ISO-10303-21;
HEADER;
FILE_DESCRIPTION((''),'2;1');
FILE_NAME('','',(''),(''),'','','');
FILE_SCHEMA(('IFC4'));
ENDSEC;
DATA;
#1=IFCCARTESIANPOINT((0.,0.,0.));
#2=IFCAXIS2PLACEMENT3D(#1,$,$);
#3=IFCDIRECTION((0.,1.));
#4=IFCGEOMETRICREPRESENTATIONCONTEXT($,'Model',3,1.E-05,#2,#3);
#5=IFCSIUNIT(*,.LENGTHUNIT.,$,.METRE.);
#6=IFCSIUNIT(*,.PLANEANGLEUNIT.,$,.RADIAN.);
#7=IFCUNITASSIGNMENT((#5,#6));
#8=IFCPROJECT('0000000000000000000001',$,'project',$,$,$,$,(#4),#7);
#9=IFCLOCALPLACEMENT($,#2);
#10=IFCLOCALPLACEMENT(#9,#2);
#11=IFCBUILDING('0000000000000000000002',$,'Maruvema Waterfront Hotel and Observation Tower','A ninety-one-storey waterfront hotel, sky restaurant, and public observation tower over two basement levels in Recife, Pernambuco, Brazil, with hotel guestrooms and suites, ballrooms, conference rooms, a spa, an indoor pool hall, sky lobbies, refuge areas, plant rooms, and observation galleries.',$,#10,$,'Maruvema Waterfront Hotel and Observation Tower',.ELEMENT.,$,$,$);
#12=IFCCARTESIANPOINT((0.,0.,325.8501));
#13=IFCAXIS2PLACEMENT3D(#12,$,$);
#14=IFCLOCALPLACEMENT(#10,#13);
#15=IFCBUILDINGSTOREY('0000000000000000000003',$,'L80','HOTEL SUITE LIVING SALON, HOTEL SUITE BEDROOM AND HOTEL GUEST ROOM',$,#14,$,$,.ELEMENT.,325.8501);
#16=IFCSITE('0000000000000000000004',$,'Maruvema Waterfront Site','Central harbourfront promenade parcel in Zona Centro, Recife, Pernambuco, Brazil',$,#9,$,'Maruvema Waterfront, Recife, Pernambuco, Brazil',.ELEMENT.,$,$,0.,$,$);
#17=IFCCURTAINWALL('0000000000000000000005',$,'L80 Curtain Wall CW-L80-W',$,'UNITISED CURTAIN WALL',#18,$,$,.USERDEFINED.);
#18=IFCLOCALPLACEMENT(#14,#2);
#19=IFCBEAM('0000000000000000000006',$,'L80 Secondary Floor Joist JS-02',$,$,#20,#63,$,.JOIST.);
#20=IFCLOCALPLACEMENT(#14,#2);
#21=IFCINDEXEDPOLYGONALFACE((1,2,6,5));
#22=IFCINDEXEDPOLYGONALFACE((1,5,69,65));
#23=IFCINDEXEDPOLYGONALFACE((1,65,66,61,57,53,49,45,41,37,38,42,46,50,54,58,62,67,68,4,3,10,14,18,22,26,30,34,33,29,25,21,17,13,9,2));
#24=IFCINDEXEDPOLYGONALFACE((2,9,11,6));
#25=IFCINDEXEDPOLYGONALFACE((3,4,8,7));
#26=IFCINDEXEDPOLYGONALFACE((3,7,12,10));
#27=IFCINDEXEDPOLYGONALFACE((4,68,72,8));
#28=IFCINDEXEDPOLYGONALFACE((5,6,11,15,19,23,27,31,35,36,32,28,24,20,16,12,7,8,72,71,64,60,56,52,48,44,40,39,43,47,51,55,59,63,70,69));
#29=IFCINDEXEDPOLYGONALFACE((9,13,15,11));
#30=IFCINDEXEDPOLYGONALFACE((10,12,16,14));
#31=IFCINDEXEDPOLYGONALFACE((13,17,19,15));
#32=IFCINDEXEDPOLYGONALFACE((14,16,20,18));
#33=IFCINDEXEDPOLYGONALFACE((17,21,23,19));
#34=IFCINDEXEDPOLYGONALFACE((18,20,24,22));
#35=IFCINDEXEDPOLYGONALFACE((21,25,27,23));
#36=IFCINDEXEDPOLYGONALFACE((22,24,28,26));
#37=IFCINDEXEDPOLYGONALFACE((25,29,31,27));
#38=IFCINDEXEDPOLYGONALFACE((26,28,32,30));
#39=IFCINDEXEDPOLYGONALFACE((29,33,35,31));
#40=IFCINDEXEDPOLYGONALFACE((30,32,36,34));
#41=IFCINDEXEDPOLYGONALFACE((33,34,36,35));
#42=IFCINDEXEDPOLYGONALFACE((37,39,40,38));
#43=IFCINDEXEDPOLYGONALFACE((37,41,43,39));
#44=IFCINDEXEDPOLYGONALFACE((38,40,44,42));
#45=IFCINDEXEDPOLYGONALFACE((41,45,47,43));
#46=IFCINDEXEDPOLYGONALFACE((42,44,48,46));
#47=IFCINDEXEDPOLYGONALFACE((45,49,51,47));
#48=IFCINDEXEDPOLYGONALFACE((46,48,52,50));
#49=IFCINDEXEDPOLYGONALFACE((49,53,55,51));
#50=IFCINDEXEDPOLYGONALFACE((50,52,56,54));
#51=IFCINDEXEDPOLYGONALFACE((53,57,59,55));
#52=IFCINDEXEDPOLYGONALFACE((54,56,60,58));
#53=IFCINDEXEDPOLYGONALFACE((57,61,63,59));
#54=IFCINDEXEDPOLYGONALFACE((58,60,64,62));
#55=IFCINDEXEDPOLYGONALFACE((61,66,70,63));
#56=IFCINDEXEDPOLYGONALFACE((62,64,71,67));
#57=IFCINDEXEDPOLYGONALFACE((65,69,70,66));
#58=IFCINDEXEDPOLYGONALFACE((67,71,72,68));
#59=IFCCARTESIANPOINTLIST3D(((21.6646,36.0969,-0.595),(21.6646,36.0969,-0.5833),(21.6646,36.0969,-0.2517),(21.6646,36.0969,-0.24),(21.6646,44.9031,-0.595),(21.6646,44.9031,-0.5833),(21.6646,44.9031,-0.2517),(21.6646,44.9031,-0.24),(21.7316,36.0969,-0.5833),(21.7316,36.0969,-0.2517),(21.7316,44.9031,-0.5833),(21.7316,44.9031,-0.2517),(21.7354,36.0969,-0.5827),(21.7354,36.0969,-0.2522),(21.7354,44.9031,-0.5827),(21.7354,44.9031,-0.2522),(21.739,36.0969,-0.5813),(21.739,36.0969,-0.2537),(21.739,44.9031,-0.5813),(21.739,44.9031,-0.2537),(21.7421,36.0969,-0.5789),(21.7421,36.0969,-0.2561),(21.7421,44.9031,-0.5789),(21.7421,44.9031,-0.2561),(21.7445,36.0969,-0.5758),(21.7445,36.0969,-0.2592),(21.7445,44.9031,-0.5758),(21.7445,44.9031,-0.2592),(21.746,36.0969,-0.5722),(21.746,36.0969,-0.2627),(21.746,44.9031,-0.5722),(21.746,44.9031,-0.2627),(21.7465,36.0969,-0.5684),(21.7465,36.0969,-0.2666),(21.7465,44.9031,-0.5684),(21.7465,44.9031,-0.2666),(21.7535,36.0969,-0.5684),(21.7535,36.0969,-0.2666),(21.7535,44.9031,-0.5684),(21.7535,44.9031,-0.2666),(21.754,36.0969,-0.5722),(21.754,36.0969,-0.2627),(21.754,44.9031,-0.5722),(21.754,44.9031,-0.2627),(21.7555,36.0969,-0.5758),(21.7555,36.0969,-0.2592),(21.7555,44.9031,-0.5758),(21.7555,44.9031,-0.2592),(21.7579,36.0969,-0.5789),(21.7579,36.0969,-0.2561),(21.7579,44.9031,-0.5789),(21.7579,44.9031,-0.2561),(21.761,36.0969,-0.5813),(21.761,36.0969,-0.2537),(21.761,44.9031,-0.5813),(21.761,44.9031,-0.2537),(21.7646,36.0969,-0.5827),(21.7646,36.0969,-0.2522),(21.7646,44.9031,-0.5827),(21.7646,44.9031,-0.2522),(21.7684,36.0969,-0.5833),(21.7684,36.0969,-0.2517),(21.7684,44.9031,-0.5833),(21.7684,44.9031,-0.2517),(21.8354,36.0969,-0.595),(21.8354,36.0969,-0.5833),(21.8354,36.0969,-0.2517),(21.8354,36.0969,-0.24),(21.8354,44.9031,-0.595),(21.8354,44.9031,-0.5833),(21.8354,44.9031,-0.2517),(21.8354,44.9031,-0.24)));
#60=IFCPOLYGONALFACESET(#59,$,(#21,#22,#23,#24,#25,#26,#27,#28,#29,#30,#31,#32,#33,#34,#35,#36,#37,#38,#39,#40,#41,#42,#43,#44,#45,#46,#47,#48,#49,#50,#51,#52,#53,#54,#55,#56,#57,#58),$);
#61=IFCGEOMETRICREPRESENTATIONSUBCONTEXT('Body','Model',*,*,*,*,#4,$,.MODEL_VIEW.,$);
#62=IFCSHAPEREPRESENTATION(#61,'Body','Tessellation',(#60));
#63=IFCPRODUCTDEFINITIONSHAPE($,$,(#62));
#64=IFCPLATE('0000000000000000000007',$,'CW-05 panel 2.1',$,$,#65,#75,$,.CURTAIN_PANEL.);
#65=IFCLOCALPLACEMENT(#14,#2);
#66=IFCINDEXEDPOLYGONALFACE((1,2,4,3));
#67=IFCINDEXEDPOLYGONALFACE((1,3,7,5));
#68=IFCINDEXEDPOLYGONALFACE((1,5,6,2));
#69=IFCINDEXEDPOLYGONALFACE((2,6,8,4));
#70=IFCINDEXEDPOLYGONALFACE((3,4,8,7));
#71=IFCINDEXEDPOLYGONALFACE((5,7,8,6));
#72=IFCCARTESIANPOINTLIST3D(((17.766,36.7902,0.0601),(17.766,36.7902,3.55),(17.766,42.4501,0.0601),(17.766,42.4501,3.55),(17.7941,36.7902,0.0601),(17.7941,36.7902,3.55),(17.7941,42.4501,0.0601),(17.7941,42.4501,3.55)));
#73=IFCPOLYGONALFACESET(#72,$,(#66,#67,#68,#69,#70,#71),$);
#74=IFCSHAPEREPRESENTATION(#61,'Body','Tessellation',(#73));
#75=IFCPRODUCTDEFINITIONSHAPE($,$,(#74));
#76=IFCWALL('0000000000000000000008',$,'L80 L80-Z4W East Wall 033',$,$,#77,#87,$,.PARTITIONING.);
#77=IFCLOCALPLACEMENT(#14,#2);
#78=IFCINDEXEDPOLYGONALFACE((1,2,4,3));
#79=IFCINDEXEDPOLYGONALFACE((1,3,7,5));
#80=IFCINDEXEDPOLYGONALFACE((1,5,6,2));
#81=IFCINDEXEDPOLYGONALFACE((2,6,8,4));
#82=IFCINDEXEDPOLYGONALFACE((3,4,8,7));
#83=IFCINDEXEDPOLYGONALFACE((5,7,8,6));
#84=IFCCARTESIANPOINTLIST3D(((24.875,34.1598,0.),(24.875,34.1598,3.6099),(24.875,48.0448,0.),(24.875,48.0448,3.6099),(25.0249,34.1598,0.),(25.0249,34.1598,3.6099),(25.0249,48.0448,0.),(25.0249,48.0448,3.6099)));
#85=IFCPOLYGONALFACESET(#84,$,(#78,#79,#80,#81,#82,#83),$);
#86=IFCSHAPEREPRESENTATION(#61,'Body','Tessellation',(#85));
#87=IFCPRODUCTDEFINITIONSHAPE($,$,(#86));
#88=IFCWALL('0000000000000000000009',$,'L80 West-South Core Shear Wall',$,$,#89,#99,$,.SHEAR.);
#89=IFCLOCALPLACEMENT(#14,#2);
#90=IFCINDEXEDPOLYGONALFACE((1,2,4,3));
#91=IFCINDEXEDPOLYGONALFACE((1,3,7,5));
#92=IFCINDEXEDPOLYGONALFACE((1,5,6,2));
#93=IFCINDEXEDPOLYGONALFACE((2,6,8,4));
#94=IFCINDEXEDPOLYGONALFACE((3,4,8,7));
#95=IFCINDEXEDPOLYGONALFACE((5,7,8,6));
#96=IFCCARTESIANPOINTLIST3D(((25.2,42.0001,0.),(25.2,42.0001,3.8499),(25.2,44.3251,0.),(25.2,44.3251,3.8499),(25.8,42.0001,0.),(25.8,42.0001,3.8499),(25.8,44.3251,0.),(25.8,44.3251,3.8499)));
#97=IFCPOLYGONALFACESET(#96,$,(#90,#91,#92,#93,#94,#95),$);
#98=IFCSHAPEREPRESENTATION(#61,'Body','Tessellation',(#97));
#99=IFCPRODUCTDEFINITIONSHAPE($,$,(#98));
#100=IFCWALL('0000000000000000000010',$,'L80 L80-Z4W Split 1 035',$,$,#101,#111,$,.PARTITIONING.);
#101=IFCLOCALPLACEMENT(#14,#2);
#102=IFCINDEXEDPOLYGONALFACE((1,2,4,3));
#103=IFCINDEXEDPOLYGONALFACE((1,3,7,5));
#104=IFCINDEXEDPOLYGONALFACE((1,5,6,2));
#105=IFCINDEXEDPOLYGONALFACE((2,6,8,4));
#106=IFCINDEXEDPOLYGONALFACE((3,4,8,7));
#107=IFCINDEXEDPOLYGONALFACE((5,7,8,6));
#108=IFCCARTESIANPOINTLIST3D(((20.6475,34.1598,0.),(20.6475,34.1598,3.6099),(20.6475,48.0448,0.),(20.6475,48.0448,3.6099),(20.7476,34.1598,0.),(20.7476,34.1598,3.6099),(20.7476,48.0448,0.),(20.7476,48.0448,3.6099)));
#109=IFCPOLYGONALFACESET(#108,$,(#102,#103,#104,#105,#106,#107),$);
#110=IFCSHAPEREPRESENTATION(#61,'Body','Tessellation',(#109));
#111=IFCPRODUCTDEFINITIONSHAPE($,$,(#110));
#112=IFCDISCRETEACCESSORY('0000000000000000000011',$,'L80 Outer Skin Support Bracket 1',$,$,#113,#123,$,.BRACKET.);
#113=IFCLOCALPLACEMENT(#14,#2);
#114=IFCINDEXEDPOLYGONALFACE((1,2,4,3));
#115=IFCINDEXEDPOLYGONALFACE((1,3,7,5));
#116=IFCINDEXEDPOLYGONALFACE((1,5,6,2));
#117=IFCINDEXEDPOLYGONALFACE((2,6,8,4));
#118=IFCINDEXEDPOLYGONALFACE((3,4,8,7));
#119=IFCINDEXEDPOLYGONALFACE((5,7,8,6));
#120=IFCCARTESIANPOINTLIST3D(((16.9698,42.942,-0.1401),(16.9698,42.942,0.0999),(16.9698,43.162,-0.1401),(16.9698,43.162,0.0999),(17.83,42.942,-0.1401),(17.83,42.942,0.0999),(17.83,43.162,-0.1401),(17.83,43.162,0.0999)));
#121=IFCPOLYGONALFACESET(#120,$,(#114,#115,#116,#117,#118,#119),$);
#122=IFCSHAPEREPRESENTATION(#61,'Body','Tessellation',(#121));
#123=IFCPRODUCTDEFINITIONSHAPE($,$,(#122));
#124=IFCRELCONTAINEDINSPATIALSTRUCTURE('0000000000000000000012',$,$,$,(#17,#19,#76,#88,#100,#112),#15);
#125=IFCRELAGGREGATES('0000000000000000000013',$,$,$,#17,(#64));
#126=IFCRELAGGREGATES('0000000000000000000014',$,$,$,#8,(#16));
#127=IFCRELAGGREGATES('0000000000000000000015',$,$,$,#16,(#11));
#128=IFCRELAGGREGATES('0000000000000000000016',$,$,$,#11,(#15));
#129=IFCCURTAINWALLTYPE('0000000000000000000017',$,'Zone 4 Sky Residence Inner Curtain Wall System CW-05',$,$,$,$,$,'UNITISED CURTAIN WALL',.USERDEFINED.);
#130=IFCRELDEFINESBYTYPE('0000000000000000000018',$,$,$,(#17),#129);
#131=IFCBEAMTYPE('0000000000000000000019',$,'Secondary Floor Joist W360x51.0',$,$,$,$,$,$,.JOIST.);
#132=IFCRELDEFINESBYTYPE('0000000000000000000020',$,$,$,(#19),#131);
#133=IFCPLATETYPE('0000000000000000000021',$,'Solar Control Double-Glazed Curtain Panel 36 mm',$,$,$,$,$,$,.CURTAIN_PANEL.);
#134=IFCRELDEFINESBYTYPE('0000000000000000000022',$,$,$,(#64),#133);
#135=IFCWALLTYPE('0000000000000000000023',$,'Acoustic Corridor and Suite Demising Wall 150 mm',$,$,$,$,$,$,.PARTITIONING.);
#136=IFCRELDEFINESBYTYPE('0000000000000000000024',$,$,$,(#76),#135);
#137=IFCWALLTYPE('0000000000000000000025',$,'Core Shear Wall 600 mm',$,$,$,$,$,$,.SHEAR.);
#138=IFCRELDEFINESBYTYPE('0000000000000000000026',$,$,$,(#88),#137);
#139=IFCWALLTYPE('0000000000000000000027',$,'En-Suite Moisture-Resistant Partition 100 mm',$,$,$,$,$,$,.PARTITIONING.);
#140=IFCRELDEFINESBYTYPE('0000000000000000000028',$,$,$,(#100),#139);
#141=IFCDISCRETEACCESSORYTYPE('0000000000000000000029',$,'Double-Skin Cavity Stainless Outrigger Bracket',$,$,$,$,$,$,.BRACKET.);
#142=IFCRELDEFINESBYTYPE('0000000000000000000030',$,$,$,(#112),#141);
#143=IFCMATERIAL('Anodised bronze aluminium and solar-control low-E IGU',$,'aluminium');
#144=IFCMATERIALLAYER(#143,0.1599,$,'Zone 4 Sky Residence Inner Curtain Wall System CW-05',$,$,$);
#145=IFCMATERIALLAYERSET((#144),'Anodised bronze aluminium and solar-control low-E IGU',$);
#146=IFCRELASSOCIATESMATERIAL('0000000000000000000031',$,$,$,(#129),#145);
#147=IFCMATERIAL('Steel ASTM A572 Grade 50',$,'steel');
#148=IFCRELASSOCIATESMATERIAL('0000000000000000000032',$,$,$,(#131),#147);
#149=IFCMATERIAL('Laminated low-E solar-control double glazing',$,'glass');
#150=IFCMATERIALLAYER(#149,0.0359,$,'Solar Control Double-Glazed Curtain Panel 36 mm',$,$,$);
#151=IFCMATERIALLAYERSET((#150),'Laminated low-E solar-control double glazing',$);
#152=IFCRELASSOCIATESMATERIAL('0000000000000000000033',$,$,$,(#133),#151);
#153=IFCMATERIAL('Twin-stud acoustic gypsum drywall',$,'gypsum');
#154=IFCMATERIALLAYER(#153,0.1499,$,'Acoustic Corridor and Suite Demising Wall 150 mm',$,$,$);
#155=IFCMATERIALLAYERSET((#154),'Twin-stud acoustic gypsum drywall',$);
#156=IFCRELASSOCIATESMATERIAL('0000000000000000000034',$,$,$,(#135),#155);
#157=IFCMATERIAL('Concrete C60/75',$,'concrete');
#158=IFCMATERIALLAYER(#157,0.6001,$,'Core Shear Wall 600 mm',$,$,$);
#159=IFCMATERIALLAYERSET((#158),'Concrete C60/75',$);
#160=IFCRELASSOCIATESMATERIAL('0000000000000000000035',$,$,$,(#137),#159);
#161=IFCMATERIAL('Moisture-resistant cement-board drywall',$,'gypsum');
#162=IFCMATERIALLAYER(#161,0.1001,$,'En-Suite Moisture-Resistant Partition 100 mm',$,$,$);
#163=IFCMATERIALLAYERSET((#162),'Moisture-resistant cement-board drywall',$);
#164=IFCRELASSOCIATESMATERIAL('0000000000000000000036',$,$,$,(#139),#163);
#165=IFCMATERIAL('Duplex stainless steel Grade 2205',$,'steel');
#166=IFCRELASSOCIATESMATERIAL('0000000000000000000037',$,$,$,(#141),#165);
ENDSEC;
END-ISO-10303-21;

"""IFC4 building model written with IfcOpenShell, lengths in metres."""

from ifc_helpers import new_model, si_unit, direction, frame, frame_2d, origin, origin_2d, place, context, subcontext, project, spatial, rectangle, i_section, extrude, material, layer, layer_set, material_profile, profile_set, type_object, element, aggregate, save


model = new_model("IFC4")

# Units and contexts
model_context = context("Model", 3, precision=1e-05, world=origin(), true_north=direction((0.0, 1.0)))
body_context = subcontext(model_context, "Body", "Model", "MODEL_VIEW")
ifc_project = project(units=[si_unit("LENGTHUNIT", "METRE"), si_unit("PLANEANGLEUNIT", "RADIAN")], contexts=[model_context])

# Site, building, storey
site_placement = place(None, origin())
site = spatial("IfcSite", under=ifc_project, at=site_placement, Name="Maruvema Waterfront Site", Description="Central harbourfront promenade parcel in Zona Centro, Recife, Pernambuco, Brazil", LongName="Maruvema Waterfront, Recife, Pernambuco, Brazil", CompositionType="ELEMENT", RefElevation=0.0)
building_placement = place(site_placement, origin())
building = spatial("IfcBuilding", under=site, at=building_placement, Name="Maruvema Waterfront Hotel and Observation Tower", Description="A ninety-one-storey waterfront hotel, sky restaurant, and public observation tower over two basement levels in Recife, Pernambuco, Brazil, with hotel guestrooms and suites, ballrooms, conference rooms, a spa, an indoor pool hall, sky lobbies, refuge areas, plant rooms, and observation galleries.", LongName="Maruvema Waterfront Hotel and Observation Tower", CompositionType="ELEMENT")
storey_placement = place(building_placement, frame((0.0, 0.0, 325.8501)))
storey = spatial("IfcBuildingStorey", under=building, at=storey_placement, Name="L80", Description="HOTEL SUITE LIVING SALON, HOTEL SUITE BEDROOM AND HOTEL GUEST ROOM", CompositionType="ELEMENT", Elevation=325.8501)

# Curtain wall
ifc_material_1 = material(Name="Anodised bronze aluminium and solar-control low-E IGU", Category="aluminium")
ifc_layer_1 = layer(ifc_material_1, 0.1599, Name="Zone 4 Sky Residence Inner Curtain Wall System CW-05")
ifc_layer_set_1 = layer_set([ifc_layer_1], Name="Anodised bronze aluminium and solar-control low-E IGU")
curtain_wall_type = type_object("IfcCurtainWallType", Name="Zone 4 Sky Residence Inner Curtain Wall System CW-05", ElementType="UNITISED CURTAIN WALL", PredefinedType="USERDEFINED", material=ifc_layer_set_1)
curtain_wall_placement = place(storey_placement, origin())
curtain_wall = element("IfcCurtainWall", 1, at=curtain_wall_placement, inside=storey, type_object=curtain_wall_type, Name="L80 Curtain Wall CW-L80-W", ObjectType="UNITISED CURTAIN WALL", PredefinedType="USERDEFINED")

# Beam
ifc_material_2 = material(Name="Steel ASTM A572 Grade 50", Category="steel")
ifc_material_profile_1 = material_profile(ifc_material_2, i_section(OverallWidth=0.1709, OverallDepth=0.355, WebThickness=0.0071, FlangeThickness=0.0117, FilletRadius=0.0149, at=origin_2d()), Name="W360x51.0")
ifc_profile_set_1 = profile_set([ifc_material_profile_1], Name="Steel ASTM A572 Grade 50")
beam_type_1 = type_object("IfcBeamType", Name="Secondary Floor Joist W360x51.0", PredefinedType="JOIST", material=ifc_profile_set_1)
beam_1_placement = place(storey_placement, frame((21.75, 36.0969, -0.4175), z_axis=(0.0, 1.0, 0.0), x_axis=(-1.0, 0.0, 0.0)))
element("IfcBeam", 2, at=beam_1_placement, inside=storey, type_object=beam_type_1, Name="L80 Secondary Floor Joist JS-02", PredefinedType="JOIST", context=body_context, shape_type="SweptSolid", body=[
    extrude(i_section(OverallWidth=0.1709, OverallDepth=0.355, WebThickness=0.0071, FlangeThickness=0.0117, FilletRadius=0.0149, at=origin_2d()), origin(), (0.0, 0.0, 1.0), 8.8062),
])

# Plate
ifc_material_3 = material(Name="Laminated low-E solar-control double glazing", Category="glass")
ifc_layer_2 = layer(ifc_material_3, 0.0359, Name="Solar Control Double-Glazed Curtain Panel 36 mm")
ifc_layer_set_2 = layer_set([ifc_layer_2], Name="Laminated low-E solar-control double glazing")
plate_type = type_object("IfcPlateType", Name="Solar Control Double-Glazed Curtain Panel 36 mm", PredefinedType="CURTAIN_PANEL", material=ifc_layer_set_2)
plate_placement = place(storey_placement, frame((17.78, 39.6201, 0.0601), z_axis=(0.0, 0.0, 1.0), x_axis=(0.0, -1.0, 0.0)))
plate = element("IfcPlate", 3, at=plate_placement, type_object=plate_type, Name="CW-05 panel 2.1", PredefinedType="CURTAIN_PANEL", context=body_context, shape_type="SweptSolid", body=[
    extrude(rectangle(XDim=5.6599, YDim=0.0281, at=origin_2d()), origin(), (0.0, 0.0, 1.0), 3.49),
])
aggregate(curtain_wall, [plate])

# Wall
ifc_material_4 = material(Name="Twin-stud acoustic gypsum drywall", Category="gypsum")
ifc_layer_3 = layer(ifc_material_4, 0.1499, Name="Acoustic Corridor and Suite Demising Wall 150 mm")
ifc_layer_set_3 = layer_set([ifc_layer_3], Name="Twin-stud acoustic gypsum drywall")
wall_type_1 = type_object("IfcWallType", Name="Acoustic Corridor and Suite Demising Wall 150 mm", PredefinedType="PARTITIONING", material=ifc_layer_set_3)
wall_1_placement = place(storey_placement, frame((24.95, 34.1599, 0.0), z_axis=(0.0, 0.0, 1.0), x_axis=(0.0, 1.0, 0.0)))
element("IfcWall", 4, at=wall_1_placement, inside=storey, type_object=wall_type_1, Name="L80 L80-Z4W East Wall 033", PredefinedType="PARTITIONING", context=body_context, shape_type="SweptSolid", body=[
    extrude(rectangle(XDim=13.885, YDim=0.1499, at=frame_2d((6.9424, 0.0))), origin(), (0.0, 0.0, 1.0), 3.6099),
])

# Shared definitions
ifc_material_5 = material(Name="Concrete C60/75", Category="concrete")
ifc_layer_4 = layer(ifc_material_5, 0.6001, Name="Core Shear Wall 600 mm")
ifc_layer_set_4 = layer_set([ifc_layer_4], Name="Concrete C60/75")
wall_type_2 = type_object("IfcWallType", Name="Core Shear Wall 600 mm", PredefinedType="SHEAR", material=ifc_layer_set_4)

# Walls
wall_2_placement = place(storey_placement, frame((25.5, 42.0, 0.0), z_axis=(0.0, 0.0, 1.0), x_axis=(0.0, 1.0, 0.0)))
element("IfcWall", 5, at=wall_2_placement, inside=storey, type_object=wall_type_2, Name="L80 West-South Core Shear Wall", PredefinedType="SHEAR", context=body_context, shape_type="SweptSolid", body=[
    extrude(rectangle(XDim=2.325, YDim=0.6001, at=frame_2d((1.1626, 0.0))), origin(), (0.0, 0.0, 1.0), 3.8499),
])
ifc_material_6 = material(Name="Moisture-resistant cement-board drywall", Category="gypsum")
ifc_layer_5 = layer(ifc_material_6, 0.1001, Name="En-Suite Moisture-Resistant Partition 100 mm")
ifc_layer_set_5 = layer_set([ifc_layer_5], Name="Moisture-resistant cement-board drywall")
wall_type_3 = type_object("IfcWallType", Name="En-Suite Moisture-Resistant Partition 100 mm", PredefinedType="PARTITIONING", material=ifc_layer_set_5)
wall_3_placement = place(storey_placement, frame((20.6975, 34.1599, 0.0), z_axis=(0.0, 0.0, 1.0), x_axis=(0.0, 1.0, 0.0)))
element("IfcWall", 6, at=wall_3_placement, inside=storey, type_object=wall_type_3, Name="L80 L80-Z4W Split 1 035", PredefinedType="PARTITIONING", context=body_context, shape_type="SweptSolid", body=[
    extrude(rectangle(XDim=13.885, YDim=0.1001, at=frame_2d((6.9424, 0.0))), origin(), (0.0, 0.0, 1.0), 3.6099),
])

# Discrete accessory
ifc_material_7 = material(Name="Duplex stainless steel Grade 2205", Category="steel")
discrete_accessory_type = type_object("IfcDiscreteAccessoryType", Name="Double-Skin Cavity Stainless Outrigger Bracket", PredefinedType="BRACKET", material=ifc_material_7)
discrete_accessory_placement = place(storey_placement, frame((17.3999, 43.052, -0.1401), z_axis=(0.0, 0.0, 1.0), x_axis=(0.0, -1.0, 0.0)))
element("IfcDiscreteAccessory", 7, at=discrete_accessory_placement, inside=storey, type_object=discrete_accessory_type, Name="L80 Outer Skin Support Bracket 1", PredefinedType="BRACKET", context=body_context, shape_type="SweptSolid", body=[
    extrude(rectangle(XDim=0.22, YDim=0.8601, at=origin_2d()), origin(), (0.0, 0.0, 1.0), 0.24),
])

save(model, "model.ifc")
